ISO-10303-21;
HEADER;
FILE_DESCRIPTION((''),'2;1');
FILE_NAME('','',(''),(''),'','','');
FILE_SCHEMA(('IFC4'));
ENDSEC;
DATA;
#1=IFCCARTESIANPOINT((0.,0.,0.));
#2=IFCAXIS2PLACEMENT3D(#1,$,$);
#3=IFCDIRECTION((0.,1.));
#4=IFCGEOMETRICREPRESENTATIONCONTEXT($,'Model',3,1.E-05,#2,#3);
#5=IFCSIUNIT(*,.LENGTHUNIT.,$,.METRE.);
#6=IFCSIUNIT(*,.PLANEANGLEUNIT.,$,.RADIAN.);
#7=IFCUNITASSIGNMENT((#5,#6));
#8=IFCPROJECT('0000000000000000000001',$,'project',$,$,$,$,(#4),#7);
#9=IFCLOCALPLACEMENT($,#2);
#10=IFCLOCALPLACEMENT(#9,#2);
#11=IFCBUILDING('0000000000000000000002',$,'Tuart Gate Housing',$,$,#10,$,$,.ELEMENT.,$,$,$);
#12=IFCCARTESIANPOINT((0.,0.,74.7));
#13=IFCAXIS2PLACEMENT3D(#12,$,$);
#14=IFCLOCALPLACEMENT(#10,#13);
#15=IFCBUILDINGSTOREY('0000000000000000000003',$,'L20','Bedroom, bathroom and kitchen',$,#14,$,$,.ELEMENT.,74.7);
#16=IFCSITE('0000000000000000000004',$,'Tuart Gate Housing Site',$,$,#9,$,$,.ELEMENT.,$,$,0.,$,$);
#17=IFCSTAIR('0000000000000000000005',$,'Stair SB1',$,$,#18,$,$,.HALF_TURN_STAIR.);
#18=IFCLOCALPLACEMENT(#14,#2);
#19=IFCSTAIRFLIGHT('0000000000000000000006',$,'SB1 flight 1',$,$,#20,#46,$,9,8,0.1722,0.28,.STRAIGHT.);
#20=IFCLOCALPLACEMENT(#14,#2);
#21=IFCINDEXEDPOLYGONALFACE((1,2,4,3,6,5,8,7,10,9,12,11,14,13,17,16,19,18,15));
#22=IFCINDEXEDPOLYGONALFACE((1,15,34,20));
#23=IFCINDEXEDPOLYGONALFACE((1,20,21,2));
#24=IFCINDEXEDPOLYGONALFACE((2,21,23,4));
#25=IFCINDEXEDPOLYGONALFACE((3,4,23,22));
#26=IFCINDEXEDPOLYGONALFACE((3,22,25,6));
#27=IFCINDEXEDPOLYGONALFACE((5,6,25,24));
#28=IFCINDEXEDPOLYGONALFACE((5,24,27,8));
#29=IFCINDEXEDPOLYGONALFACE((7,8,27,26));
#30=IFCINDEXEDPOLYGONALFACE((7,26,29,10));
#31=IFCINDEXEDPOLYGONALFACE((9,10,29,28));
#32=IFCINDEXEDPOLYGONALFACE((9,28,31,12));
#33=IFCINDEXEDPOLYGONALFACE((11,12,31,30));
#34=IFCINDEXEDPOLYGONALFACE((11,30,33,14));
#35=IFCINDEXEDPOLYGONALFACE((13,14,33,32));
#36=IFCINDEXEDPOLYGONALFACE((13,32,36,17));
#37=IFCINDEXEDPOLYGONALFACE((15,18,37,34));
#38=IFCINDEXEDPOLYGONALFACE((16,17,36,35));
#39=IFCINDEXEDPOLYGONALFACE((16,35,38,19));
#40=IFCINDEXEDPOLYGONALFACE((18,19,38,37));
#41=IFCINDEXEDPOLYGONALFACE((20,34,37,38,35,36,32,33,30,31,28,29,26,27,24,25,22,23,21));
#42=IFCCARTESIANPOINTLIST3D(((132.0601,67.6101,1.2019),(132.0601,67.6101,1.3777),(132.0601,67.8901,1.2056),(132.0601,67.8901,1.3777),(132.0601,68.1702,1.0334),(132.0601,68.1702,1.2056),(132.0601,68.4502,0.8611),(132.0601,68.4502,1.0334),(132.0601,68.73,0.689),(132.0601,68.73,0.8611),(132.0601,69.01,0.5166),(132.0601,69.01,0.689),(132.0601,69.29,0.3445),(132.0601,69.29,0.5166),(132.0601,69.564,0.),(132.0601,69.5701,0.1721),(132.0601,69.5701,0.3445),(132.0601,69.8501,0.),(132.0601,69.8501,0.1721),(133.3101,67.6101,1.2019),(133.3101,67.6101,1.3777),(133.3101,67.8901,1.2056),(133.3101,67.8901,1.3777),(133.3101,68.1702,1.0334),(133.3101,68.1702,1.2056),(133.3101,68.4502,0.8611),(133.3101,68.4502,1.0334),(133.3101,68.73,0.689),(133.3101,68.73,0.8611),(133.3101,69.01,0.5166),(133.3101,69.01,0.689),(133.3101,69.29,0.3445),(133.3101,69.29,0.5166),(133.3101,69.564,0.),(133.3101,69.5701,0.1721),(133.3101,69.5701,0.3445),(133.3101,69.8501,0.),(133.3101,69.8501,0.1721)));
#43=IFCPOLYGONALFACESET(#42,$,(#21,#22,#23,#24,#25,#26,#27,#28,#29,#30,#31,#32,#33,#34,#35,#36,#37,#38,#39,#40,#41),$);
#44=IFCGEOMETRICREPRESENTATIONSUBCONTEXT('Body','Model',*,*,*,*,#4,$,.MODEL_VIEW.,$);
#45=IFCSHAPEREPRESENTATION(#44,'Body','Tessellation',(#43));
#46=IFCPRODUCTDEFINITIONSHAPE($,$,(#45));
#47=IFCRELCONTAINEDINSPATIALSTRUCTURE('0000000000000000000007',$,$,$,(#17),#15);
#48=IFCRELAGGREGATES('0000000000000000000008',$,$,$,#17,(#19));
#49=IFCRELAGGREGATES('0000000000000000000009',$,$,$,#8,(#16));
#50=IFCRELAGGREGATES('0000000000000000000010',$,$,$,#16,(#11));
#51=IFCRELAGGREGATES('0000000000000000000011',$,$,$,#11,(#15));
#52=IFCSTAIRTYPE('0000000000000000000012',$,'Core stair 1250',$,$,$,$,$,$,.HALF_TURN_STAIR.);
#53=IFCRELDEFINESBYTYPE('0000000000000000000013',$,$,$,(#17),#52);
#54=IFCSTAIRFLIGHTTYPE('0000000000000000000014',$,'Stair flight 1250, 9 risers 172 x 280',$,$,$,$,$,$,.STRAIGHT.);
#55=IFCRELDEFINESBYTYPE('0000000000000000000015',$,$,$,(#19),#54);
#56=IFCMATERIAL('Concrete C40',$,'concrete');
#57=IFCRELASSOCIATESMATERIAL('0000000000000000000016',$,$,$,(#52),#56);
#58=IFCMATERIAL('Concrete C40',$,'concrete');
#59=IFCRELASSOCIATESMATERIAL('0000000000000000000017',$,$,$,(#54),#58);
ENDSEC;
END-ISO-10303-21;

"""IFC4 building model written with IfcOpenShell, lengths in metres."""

from ifc_helpers import new_model, si_unit, direction, frame, origin, place, context, subcontext, project, spatial, polyline, outline, extrude, material, type_object, element, aggregate, save


model = new_model("IFC4")

# Units and contexts
model_context = context("Model", 3, precision=1e-05, world=origin(), true_north=direction((0.0, 1.0)))
body_context = subcontext(model_context, "Body", "Model", "MODEL_VIEW")
ifc_project = project(units=[si_unit("LENGTHUNIT", "METRE"), si_unit("PLANEANGLEUNIT", "RADIAN")], contexts=[model_context])

# Site, building, storey
site_placement = place(None, origin())
site = spatial("IfcSite", under=ifc_project, at=site_placement, Name="Tuart Gate Housing Site", CompositionType="ELEMENT", RefElevation=0.0)
building_placement = place(site_placement, origin())
building = spatial("IfcBuilding", under=site, at=building_placement, Name="Tuart Gate Housing", CompositionType="ELEMENT")
storey_placement = place(building_placement, frame((0.0, 0.0, 74.7)))
storey = spatial("IfcBuildingStorey", under=building, at=storey_placement, Name="L20", Description="Bedroom, bathroom and kitchen", CompositionType="ELEMENT", Elevation=74.7)

# Stair, stair flight
ifc_material_1 = material(Name="Concrete C40", Category="concrete")
stair_type = type_object("IfcStairType", Name="Core stair 1250", PredefinedType="HALF_TURN_STAIR", material=ifc_material_1)
stair_placement = place(storey_placement, origin())
stair = element("IfcStair", 1, at=stair_placement, inside=storey, type_object=stair_type, Name="Stair SB1", PredefinedType="HALF_TURN_STAIR")
ifc_material_2 = material(Name="Concrete C40", Category="concrete")
stair_flight_type = type_object("IfcStairFlightType", Name="Stair flight 1250, 9 risers 172 x 280", PredefinedType="STRAIGHT", material=ifc_material_2)
stair_flight_placement = place(storey_placement, frame((132.6851, 69.8501, 0.0), z_axis=(0.0, 0.0, 1.0), x_axis=(0.0, -1.0, 0.0)))
stair_flight = element("IfcStairFlight", 2, at=stair_flight_placement, type_object=stair_flight_type, Name="SB1 flight 1", NumberOfRisers=9, NumberOfTreads=8, PredefinedType="STRAIGHT", RiserHeight=0.1722, TreadLength=0.28, context=body_context, shape_type="SweptSolid", body=[
    extrude(outline(polyline([(0.0, 0.0), (0.0, 0.1721), (0.28, 0.1721), (0.28, 0.3445), (0.5601, 0.3445), (0.5601, 0.5166), (0.8401, 0.5166), (0.8401, 0.689), (1.1201, 0.689), (1.1201, 0.8611), (1.3999, 0.8611), (1.3999, 1.0334), (1.6799, 1.0334), (1.6799, 1.2056), (1.96, 1.2056), (1.96, 1.3777), (2.24, 1.3777), (2.24, 1.55), (2.24, 1.2019), (0.2861, 0.0), (0.0, 0.0)])), frame((0.0, 0.625, 0.0), z_axis=(0.0, -1.0, 0.0), x_axis=(1.0, 0.0, 0.0)), (0.0, 0.0, 1.0), 1.25),
])
aggregate(stair, [stair_flight])

save(model, "model.ifc")
